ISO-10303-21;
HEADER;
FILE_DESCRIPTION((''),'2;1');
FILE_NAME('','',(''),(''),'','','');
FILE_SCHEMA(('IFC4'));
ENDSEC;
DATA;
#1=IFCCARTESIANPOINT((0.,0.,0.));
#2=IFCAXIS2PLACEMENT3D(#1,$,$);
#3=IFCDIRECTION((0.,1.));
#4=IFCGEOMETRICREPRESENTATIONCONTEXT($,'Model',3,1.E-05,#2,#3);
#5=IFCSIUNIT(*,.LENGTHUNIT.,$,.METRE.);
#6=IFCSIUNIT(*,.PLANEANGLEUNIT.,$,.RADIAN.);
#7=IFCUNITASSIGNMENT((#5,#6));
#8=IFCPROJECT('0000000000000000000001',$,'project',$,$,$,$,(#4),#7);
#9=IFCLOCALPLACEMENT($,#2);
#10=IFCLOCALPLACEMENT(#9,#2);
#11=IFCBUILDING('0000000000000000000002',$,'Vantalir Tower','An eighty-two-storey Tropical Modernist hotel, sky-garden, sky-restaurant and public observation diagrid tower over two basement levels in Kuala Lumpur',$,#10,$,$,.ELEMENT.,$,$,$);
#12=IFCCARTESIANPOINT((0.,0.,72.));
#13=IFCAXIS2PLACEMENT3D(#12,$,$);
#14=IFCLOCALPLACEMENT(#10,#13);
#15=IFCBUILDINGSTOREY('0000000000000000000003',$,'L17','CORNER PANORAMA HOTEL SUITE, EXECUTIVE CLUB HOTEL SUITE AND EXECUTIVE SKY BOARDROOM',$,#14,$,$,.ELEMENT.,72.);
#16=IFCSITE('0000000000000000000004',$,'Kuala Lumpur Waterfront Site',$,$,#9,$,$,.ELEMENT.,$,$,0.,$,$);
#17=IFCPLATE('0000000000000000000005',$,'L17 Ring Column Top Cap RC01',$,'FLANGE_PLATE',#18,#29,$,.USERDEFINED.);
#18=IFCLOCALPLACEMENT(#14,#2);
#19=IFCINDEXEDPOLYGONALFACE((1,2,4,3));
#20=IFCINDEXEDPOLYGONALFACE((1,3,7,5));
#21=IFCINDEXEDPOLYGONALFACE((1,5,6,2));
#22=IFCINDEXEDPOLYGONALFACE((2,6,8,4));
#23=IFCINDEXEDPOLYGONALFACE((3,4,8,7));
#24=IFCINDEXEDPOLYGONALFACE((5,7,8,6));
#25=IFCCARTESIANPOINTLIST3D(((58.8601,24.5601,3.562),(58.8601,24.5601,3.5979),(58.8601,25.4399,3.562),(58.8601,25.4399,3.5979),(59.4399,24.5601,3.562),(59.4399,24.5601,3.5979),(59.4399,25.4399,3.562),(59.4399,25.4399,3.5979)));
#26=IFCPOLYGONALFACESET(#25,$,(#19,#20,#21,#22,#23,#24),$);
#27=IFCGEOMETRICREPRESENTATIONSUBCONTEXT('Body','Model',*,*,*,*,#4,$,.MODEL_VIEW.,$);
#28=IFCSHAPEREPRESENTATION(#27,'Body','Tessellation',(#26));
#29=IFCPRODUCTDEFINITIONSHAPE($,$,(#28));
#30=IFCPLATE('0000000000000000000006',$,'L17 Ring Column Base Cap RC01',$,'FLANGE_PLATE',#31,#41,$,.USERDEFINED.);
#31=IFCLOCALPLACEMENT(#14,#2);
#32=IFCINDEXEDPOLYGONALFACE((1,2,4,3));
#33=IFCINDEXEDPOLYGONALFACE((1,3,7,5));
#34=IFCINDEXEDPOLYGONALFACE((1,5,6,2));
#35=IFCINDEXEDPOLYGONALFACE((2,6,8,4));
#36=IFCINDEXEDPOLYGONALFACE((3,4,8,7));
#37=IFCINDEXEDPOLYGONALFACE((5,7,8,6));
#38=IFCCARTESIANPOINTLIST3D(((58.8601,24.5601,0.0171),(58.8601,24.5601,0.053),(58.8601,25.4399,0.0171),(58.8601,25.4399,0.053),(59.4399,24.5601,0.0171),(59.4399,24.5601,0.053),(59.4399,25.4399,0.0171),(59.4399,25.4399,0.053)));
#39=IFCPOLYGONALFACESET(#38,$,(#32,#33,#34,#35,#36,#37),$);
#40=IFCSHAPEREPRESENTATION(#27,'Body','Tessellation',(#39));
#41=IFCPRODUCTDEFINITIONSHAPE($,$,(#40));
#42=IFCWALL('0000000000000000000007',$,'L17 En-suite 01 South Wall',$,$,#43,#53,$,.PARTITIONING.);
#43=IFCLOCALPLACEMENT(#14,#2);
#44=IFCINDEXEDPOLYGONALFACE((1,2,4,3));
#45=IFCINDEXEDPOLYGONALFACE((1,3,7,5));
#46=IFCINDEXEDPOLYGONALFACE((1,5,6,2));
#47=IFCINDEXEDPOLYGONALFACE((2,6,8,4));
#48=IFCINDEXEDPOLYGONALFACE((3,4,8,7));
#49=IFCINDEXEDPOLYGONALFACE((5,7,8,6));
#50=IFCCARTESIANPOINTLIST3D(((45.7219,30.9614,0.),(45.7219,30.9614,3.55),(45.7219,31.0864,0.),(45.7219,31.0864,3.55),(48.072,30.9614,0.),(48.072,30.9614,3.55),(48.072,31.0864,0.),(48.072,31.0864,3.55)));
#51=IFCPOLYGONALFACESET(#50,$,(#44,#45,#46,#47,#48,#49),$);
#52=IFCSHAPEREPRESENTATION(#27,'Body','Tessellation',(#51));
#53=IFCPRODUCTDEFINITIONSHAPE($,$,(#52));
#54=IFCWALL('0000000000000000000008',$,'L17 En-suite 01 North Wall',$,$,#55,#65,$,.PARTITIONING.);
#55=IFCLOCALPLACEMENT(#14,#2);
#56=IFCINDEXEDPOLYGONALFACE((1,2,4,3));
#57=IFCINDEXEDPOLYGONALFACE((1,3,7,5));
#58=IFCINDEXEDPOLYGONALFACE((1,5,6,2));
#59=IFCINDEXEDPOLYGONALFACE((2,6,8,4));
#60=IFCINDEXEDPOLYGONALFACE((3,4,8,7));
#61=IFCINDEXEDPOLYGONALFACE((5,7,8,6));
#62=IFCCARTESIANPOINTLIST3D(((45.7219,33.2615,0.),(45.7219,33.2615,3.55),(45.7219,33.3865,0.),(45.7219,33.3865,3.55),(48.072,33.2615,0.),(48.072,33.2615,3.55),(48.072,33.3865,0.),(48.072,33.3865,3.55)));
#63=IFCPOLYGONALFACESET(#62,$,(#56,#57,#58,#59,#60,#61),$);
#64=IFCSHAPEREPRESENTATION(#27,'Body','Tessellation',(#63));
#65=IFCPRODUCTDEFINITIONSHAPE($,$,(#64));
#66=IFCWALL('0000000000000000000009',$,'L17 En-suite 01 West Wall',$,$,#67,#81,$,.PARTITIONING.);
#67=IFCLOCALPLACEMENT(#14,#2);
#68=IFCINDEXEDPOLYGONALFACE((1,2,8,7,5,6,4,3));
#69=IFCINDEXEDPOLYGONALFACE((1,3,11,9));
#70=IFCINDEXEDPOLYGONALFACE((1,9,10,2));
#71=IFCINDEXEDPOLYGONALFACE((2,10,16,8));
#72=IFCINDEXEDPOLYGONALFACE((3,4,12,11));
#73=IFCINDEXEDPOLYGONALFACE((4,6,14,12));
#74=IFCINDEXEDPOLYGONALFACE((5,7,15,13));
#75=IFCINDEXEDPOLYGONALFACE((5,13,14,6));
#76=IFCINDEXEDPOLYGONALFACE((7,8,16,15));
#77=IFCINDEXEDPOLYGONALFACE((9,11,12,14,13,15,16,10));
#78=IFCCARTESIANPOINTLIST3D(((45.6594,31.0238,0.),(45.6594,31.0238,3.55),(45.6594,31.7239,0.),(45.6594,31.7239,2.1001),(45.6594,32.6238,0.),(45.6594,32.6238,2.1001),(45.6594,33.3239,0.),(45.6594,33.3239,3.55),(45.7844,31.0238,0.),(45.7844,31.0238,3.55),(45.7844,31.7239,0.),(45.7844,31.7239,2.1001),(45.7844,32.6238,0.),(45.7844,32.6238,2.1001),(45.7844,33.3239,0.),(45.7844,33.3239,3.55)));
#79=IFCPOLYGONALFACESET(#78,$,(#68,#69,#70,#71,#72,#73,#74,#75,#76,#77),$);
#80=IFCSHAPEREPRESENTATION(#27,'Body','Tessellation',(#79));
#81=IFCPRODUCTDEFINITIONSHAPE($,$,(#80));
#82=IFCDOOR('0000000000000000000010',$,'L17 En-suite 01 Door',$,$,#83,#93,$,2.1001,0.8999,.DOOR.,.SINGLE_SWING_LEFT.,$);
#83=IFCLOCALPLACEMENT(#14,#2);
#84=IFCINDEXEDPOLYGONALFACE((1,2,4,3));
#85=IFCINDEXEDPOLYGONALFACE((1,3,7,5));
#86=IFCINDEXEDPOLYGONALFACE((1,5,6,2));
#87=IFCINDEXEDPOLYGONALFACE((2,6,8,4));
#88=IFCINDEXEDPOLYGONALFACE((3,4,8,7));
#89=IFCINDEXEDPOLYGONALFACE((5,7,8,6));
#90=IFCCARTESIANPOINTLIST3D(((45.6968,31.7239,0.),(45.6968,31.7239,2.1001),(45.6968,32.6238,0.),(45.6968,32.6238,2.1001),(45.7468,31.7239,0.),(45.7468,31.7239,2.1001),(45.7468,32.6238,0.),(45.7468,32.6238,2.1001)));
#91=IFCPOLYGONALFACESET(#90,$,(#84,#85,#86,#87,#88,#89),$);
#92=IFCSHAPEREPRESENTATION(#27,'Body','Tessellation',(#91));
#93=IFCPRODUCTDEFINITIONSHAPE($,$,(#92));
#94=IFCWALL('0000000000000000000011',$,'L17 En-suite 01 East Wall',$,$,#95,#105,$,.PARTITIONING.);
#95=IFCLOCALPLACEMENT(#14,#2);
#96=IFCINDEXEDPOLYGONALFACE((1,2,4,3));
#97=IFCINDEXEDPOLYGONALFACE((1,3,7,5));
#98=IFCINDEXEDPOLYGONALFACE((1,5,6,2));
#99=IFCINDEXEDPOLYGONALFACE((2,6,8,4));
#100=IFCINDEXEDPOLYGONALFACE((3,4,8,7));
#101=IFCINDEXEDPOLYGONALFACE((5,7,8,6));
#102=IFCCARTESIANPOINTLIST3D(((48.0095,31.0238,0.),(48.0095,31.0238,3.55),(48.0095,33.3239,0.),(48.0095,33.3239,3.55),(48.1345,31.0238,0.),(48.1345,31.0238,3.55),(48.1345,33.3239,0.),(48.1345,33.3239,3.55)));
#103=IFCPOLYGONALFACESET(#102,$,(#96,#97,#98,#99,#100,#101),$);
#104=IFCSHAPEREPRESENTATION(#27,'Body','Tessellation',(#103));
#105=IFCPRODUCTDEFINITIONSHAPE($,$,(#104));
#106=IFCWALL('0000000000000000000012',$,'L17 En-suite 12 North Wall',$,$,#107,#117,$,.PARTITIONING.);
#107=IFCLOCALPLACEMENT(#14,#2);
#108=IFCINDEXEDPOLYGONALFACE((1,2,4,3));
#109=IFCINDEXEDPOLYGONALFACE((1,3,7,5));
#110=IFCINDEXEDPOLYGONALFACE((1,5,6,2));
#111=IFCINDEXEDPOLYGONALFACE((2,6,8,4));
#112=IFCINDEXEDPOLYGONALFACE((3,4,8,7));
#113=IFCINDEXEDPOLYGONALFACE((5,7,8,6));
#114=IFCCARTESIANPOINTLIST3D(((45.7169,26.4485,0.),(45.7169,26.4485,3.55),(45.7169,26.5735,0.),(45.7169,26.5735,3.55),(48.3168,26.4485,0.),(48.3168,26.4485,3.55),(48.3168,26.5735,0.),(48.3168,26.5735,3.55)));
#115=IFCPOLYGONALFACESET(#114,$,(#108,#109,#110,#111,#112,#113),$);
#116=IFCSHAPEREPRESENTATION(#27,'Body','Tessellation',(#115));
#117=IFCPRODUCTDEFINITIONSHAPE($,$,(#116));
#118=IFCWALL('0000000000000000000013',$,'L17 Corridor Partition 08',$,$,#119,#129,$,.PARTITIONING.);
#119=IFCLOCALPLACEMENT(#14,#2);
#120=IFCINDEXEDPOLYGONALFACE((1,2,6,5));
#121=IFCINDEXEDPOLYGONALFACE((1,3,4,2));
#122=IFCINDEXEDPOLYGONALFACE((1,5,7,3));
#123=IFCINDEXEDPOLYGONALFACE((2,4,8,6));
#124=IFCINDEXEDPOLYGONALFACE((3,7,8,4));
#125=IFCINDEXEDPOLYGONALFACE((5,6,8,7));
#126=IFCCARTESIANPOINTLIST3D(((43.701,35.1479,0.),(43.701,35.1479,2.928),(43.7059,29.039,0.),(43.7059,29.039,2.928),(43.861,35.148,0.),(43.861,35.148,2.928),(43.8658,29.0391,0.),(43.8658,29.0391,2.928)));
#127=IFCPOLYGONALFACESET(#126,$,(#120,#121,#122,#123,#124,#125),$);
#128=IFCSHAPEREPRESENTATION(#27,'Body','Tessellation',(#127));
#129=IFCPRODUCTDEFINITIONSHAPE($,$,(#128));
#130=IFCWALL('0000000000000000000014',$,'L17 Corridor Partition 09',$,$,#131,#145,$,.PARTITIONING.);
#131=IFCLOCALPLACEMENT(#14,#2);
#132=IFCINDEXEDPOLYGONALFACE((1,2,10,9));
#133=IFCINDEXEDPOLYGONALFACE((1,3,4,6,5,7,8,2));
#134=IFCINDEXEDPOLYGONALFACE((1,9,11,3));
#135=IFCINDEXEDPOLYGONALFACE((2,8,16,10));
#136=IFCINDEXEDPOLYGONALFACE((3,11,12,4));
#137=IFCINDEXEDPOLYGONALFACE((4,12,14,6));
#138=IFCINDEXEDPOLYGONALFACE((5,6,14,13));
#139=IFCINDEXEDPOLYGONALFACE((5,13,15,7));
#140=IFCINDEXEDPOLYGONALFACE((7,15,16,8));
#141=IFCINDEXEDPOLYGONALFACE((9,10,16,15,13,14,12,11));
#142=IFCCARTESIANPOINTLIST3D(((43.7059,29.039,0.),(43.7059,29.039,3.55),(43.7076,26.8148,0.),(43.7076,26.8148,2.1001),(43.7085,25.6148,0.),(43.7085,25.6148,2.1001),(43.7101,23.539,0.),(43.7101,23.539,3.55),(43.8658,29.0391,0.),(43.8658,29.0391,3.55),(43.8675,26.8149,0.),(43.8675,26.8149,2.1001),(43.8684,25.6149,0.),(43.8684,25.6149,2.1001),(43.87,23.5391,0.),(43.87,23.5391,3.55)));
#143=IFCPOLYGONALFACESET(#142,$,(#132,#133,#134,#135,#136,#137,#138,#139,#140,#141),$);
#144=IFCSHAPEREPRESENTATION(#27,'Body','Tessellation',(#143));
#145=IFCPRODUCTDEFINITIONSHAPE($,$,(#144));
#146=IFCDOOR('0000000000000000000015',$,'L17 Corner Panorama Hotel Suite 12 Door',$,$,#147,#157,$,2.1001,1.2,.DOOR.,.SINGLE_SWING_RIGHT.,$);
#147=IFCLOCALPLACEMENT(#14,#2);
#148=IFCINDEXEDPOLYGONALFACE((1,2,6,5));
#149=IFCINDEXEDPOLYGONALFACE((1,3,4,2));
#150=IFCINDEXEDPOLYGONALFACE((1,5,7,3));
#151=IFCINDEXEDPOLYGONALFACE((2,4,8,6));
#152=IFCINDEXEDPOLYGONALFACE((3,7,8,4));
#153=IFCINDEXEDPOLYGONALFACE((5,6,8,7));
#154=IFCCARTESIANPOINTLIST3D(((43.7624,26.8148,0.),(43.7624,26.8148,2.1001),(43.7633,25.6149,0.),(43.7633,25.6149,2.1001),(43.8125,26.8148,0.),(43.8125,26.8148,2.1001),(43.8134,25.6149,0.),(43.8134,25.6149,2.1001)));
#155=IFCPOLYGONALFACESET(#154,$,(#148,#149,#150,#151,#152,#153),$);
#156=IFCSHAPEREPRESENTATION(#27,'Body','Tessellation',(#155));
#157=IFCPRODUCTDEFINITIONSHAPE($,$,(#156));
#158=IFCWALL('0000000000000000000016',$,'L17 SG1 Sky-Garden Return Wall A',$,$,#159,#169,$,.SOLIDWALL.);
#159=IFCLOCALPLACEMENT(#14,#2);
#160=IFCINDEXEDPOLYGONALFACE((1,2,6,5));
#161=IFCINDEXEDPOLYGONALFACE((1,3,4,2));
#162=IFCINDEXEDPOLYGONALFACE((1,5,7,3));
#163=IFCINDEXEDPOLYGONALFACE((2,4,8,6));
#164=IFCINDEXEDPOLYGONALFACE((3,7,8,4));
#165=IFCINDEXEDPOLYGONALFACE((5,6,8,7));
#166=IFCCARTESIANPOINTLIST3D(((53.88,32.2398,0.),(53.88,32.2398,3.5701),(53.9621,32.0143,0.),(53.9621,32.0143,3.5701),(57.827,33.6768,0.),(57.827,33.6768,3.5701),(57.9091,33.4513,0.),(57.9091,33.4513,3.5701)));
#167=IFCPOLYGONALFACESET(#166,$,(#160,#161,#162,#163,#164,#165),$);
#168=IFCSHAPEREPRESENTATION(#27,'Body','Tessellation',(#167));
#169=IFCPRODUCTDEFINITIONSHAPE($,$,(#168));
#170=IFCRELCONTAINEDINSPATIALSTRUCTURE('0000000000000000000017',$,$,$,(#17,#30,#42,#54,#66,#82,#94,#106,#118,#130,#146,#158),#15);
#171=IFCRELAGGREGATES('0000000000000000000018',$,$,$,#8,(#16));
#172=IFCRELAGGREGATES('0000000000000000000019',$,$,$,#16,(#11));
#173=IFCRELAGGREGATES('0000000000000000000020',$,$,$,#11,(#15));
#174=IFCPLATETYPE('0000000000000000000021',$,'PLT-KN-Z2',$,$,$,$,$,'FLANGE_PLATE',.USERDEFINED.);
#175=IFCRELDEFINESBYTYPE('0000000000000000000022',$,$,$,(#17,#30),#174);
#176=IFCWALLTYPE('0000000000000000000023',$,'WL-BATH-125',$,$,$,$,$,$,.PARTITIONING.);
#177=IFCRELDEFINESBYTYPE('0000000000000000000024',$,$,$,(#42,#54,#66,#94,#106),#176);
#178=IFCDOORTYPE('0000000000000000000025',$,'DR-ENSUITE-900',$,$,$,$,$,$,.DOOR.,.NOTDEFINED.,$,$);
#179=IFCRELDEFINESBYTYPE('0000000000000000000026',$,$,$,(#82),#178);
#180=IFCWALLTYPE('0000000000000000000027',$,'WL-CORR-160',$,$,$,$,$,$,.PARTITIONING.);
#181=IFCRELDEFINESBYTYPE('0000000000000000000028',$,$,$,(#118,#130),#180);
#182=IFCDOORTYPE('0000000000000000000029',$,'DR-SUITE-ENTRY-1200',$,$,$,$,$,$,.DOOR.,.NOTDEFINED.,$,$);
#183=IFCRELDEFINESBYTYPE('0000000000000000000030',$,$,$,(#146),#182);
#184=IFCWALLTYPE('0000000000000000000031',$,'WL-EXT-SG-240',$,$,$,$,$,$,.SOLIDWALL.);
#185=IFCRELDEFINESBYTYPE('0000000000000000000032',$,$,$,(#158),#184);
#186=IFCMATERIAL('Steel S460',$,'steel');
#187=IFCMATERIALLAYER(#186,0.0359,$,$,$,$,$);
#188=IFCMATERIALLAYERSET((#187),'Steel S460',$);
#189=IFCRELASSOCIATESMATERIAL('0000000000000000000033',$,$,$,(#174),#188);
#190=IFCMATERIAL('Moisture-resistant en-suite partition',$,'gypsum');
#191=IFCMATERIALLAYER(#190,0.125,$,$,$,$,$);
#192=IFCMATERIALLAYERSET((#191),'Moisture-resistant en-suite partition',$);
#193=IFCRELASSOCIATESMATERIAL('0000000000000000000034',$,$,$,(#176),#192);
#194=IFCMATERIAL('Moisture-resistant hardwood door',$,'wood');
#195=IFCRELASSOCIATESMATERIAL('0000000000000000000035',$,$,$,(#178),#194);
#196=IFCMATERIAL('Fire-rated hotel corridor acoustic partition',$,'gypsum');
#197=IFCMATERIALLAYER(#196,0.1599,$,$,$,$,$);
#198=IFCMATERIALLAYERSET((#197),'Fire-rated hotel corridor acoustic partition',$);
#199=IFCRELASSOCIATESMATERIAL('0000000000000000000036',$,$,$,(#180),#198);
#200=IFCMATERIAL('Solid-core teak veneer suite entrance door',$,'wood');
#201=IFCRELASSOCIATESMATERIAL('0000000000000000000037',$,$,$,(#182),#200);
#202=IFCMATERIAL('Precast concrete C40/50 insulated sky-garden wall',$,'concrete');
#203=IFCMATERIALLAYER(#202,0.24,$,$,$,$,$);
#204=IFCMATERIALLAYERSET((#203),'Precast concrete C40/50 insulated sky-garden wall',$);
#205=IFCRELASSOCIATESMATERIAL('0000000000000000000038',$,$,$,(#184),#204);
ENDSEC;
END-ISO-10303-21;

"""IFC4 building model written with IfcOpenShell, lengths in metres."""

from ifc_helpers import new_model, si_unit, direction, frame, frame_2d, origin, place, context, subcontext, project, spatial, polyline, rectangle, outline, extrude, material, layer, layer_set, type_object, element, fill, save


model = new_model("IFC4")

# Units and contexts
model_context = context("Model", 3, precision=1e-05, world=origin(), true_north=direction((0.0, 1.0)))
body_context = subcontext(model_context, "Body", "Model", "MODEL_VIEW")
ifc_project = project(units=[si_unit("LENGTHUNIT", "METRE"), si_unit("PLANEANGLEUNIT", "RADIAN")], contexts=[model_context])

# Site, building, storey
site_placement = place(None, origin())
site = spatial("IfcSite", under=ifc_project, at=site_placement, Name="Kuala Lumpur Waterfront Site", CompositionType="ELEMENT", RefElevation=0.0)
building_placement = place(site_placement, origin())
building = spatial("IfcBuilding", under=site, at=building_placement, Name="Vantalir Tower", Description="An eighty-two-storey Tropical Modernist hotel, sky-garden, sky-restaurant and public observation diagrid tower over two basement levels in Kuala Lumpur", CompositionType="ELEMENT")
storey_placement = place(building_placement, frame((0.0, 0.0, 72.0)))
storey = spatial("IfcBuildingStorey", under=building, at=storey_placement, Name="L17", Description="CORNER PANORAMA HOTEL SUITE, EXECUTIVE CLUB HOTEL SUITE AND EXECUTIVE SKY BOARDROOM", CompositionType="ELEMENT", Elevation=72.0)

# Plates
ifc_material_1 = material(Name="Steel S460", Category="steel")
ifc_layer_1 = layer(ifc_material_1, 0.0359)
ifc_layer_set_1 = layer_set([ifc_layer_1], Name="Steel S460")
plate_type_1 = type_object("IfcPlateType", Name="PLT-KN-Z2", ElementType="FLANGE_PLATE", PredefinedType="USERDEFINED", material=ifc_layer_set_1)
for number, where, z_axis, x_axis, name in (
    (1, (58.8601, 25.4399, 3.5979), (0.0, 0.0, 1.0), (0.0, -1.0, 0.0), "L17 Ring Column Top Cap RC01"),
    (2, (58.8601, 25.4399, 0.053), (0.0, 0.0, 1.0), (0.0, -1.0, 0.0), "L17 Ring Column Base Cap RC01"),
):
    element("IfcPlate", number, at=place(storey_placement, frame(where, z_axis=z_axis, x_axis=x_axis)), inside=storey, type_object=plate_type_1, Name=name, ObjectType="FLANGE_PLATE", PredefinedType="USERDEFINED", context=body_context, shape_type="SweptSolid", body=[
        extrude(outline(polyline([(0.0, 0.0), (0.8799, 0.0), (0.8799, 0.5798), (0.0, 0.5798), (0.0, 0.0)])), origin(), (0.0, 0.0, -1.0), 0.0359),
    ])

# Walls
ifc_material_2 = material(Name="Moisture-resistant en-suite partition", Category="gypsum")
ifc_layer_2 = layer(ifc_material_2, 0.125)
ifc_layer_set_2 = layer_set([ifc_layer_2], Name="Moisture-resistant en-suite partition")
wall_type_1 = type_object("IfcWallType", Name="WL-BATH-125", PredefinedType="PARTITIONING", material=ifc_layer_set_2)
for number, where, z_axis, x_axis, name in (
    (3, (45.7219, 31.0239, 0.0), (0.0, 0.0, 1.0), (1.0, 0.0, 0.0), "L17 En-suite 01 South Wall"),
    (4, (45.7219, 33.324, 0.0), (0.0, 0.0, 1.0), (1.0, 0.0, 0.0), "L17 En-suite 01 North Wall"),
):
    element("IfcWall", number, at=place(storey_placement, frame(where, z_axis=z_axis, x_axis=x_axis)), inside=storey, type_object=wall_type_1, Name=name, PredefinedType="PARTITIONING", context=body_context, shape_type="SweptSolid", body=[
        extrude(rectangle(XDim=2.3501, YDim=0.125, at=frame_2d((1.175, 0.0))), origin(), (0.0, 0.0, 1.0), 3.55),
    ])

# Wall, opening, door
wall_1_placement = place(storey_placement, frame((45.7219, 31.0239, 0.0), z_axis=(0.0, 0.0, 1.0), x_axis=(0.0, 1.0, 0.0)))
wall_1 = element("IfcWall", 5, at=wall_1_placement, inside=storey, type_object=wall_type_1, Name="L17 En-suite 01 West Wall", PredefinedType="PARTITIONING", context=body_context, shape_type="SweptSolid", body=[
    extrude(rectangle(XDim=2.3, YDim=0.125, at=frame_2d((1.1499, 0.0))), origin(), (0.0, 0.0, 1.0), 3.55),
])
opening_1_placement = place(wall_1_placement, frame((0.7, 0.0, 0.0)))
opening_1 = element("IfcOpeningElement", 6, at=opening_1_placement, cuts=wall_1, PredefinedType="OPENING", context=body_context, shape_type="SweptSolid", body=[
    extrude(rectangle(XDim=0.8999, YDim=2.1001, at=frame_2d((0.45, 1.05))), frame((0.0, 0.0725, 0.0), z_axis=(0.0, -1.0, 0.0), x_axis=(1.0, 0.0, 0.0)), (0.0, 0.0, 1.0), 0.145),
])
ifc_material_3 = material(Name="Moisture-resistant hardwood door", Category="wood")
door_type_1 = type_object("IfcDoorType", Name="DR-ENSUITE-900", OperationType="NOTDEFINED", PredefinedType="DOOR", material=ifc_material_3)
door_1_placement = place(opening_1_placement, frame((0.8999, 0.0, 0.0), z_axis=(0.0, 0.0, 1.0), x_axis=(-1.0, 0.0, 0.0)))
door_1 = element("IfcDoor", 7, at=door_1_placement, inside=storey, type_object=door_type_1, Name="L17 En-suite 01 Door", OperationType="SINGLE_SWING_LEFT", OverallHeight=2.1001, OverallWidth=0.8999, PredefinedType="DOOR", context=body_context, shape_type="SweptSolid", body=[
    extrude(rectangle(XDim=0.8999, YDim=2.1001, at=frame_2d((0.45, 1.05))), frame((0.0, 0.0249, 0.0), z_axis=(0.0, -1.0, 0.0), x_axis=(1.0, 0.0, 0.0)), (0.0, 0.0, 1.0), 0.05),
])
fill(opening_1, door_1)

# Walls
wall_2_placement = place(storey_placement, frame((48.072, 31.0239, 0.0), z_axis=(0.0, 0.0, 1.0), x_axis=(0.0, 1.0, 0.0)))
element("IfcWall", 8, at=wall_2_placement, inside=storey, type_object=wall_type_1, Name="L17 En-suite 01 East Wall", PredefinedType="PARTITIONING", context=body_context, shape_type="SweptSolid", body=[
    extrude(rectangle(XDim=2.3, YDim=0.125, at=frame_2d((1.1499, 0.0))), origin(), (0.0, 0.0, 1.0), 3.55),
])
wall_3_placement = place(storey_placement, frame((45.717, 26.511, 0.0), z_axis=(0.0, 0.0, 1.0), x_axis=(1.0, 0.0, 0.0)))
element("IfcWall", 9, at=wall_3_placement, inside=storey, type_object=wall_type_1, Name="L17 En-suite 12 North Wall", PredefinedType="PARTITIONING", context=body_context, shape_type="SweptSolid", body=[
    extrude(rectangle(XDim=2.5999, YDim=0.125, at=frame_2d((1.2998, 0.0))), origin(), (0.0, 0.0, 1.0), 3.55),
])
ifc_material_4 = material(Name="Fire-rated hotel corridor acoustic partition", Category="gypsum")
ifc_layer_3 = layer(ifc_material_4, 0.1599)
ifc_layer_set_3 = layer_set([ifc_layer_3], Name="Fire-rated hotel corridor acoustic partition")
wall_type_2 = type_object("IfcWallType", Name="WL-CORR-160", PredefinedType="PARTITIONING", material=ifc_layer_set_3)
wall_4_placement = place(storey_placement, frame((43.781, 35.1479, 0.0), z_axis=(0.0, 0.0, 1.0), x_axis=(0.000799, -1.0, 0.0)))
element("IfcWall", 10, at=wall_4_placement, inside=storey, type_object=wall_type_2, Name="L17 Corridor Partition 08", PredefinedType="PARTITIONING", context=body_context, shape_type="SweptSolid", body=[
    extrude(rectangle(XDim=6.1089, YDim=0.1599, at=frame_2d((3.0544, 0.0))), origin(), (0.0, 0.0, 1.0), 2.928),
])

# Wall, opening, door
wall_5_placement = place(storey_placement, frame((43.7859, 29.0391, 0.0), z_axis=(0.0, 0.0, 1.0), x_axis=(0.000755, -1.0, 0.0)))
wall_5 = element("IfcWall", 11, at=wall_5_placement, inside=storey, type_object=wall_type_2, Name="L17 Corridor Partition 09", PredefinedType="PARTITIONING", context=body_context, shape_type="SweptSolid", body=[
    extrude(rectangle(XDim=5.5, YDim=0.1599, at=frame_2d((2.75, 0.0))), origin(), (0.0, 0.0, 1.0), 3.55),
])
opening_2_placement = place(wall_5_placement, frame((2.2241, 0.0, 0.0)))
opening_2 = element("IfcOpeningElement", 12, at=opening_2_placement, cuts=wall_5, PredefinedType="OPENING", context=body_context, shape_type="SweptSolid", body=[
    extrude(rectangle(XDim=1.2, YDim=2.1001, at=frame_2d((0.6001, 1.05))), frame((0.0, 0.0898, 0.0), z_axis=(0.0, -1.0, 0.0), x_axis=(1.0, 0.0, 0.0)), (0.0, 0.0, 1.0), 0.1799),
])
ifc_material_5 = material(Name="Solid-core teak veneer suite entrance door", Category="wood")
door_type_2 = type_object("IfcDoorType", Name="DR-SUITE-ENTRY-1200", OperationType="NOTDEFINED", PredefinedType="DOOR", material=ifc_material_5)
door_2_placement = place(opening_2_placement, origin())
door_2 = element("IfcDoor", 13, at=door_2_placement, inside=storey, type_object=door_type_2, Name="L17 Corner Panorama Hotel Suite 12 Door", OperationType="SINGLE_SWING_RIGHT", OverallHeight=2.1001, OverallWidth=1.2, PredefinedType="DOOR", context=body_context, shape_type="SweptSolid", body=[
    extrude(rectangle(XDim=1.2, YDim=2.1001, at=frame_2d((0.6001, 1.05))), frame((0.0, 0.0249, 0.0), z_axis=(0.0, -1.0, 0.0), x_axis=(1.0, 0.0, 0.0)), (0.0, 0.0, 1.0), 0.05),
])
fill(opening_2, door_2)

# Wall
ifc_material_6 = material(Name="Precast concrete C40/50 insulated sky-garden wall", Category="concrete")
ifc_layer_4 = layer(ifc_material_6, 0.24)
ifc_layer_set_4 = layer_set([ifc_layer_4], Name="Precast concrete C40/50 insulated sky-garden wall")
wall_type_3 = type_object("IfcWallType", Name="WL-EXT-SG-240", PredefinedType="SOLIDWALL", material=ifc_layer_set_4)
wall_6_placement = place(storey_placement, frame((57.8679, 33.564, 0.0), z_axis=(0.0, 0.0, 1.0), x_axis=(-0.939661, -0.342107, 0.0)))
element("IfcWall", 14, at=wall_6_placement, inside=storey, type_object=wall_type_3, Name="L17 SG1 Sky-Garden Return Wall A", PredefinedType="SOLIDWALL", context=body_context, shape_type="SweptSolid", body=[
    extrude(rectangle(XDim=4.2004, YDim=0.24, at=frame_2d((2.1001, 0.0))), origin(), (0.0, 0.0, 1.0), 3.5701),
])

save(model, "model.ifc")
